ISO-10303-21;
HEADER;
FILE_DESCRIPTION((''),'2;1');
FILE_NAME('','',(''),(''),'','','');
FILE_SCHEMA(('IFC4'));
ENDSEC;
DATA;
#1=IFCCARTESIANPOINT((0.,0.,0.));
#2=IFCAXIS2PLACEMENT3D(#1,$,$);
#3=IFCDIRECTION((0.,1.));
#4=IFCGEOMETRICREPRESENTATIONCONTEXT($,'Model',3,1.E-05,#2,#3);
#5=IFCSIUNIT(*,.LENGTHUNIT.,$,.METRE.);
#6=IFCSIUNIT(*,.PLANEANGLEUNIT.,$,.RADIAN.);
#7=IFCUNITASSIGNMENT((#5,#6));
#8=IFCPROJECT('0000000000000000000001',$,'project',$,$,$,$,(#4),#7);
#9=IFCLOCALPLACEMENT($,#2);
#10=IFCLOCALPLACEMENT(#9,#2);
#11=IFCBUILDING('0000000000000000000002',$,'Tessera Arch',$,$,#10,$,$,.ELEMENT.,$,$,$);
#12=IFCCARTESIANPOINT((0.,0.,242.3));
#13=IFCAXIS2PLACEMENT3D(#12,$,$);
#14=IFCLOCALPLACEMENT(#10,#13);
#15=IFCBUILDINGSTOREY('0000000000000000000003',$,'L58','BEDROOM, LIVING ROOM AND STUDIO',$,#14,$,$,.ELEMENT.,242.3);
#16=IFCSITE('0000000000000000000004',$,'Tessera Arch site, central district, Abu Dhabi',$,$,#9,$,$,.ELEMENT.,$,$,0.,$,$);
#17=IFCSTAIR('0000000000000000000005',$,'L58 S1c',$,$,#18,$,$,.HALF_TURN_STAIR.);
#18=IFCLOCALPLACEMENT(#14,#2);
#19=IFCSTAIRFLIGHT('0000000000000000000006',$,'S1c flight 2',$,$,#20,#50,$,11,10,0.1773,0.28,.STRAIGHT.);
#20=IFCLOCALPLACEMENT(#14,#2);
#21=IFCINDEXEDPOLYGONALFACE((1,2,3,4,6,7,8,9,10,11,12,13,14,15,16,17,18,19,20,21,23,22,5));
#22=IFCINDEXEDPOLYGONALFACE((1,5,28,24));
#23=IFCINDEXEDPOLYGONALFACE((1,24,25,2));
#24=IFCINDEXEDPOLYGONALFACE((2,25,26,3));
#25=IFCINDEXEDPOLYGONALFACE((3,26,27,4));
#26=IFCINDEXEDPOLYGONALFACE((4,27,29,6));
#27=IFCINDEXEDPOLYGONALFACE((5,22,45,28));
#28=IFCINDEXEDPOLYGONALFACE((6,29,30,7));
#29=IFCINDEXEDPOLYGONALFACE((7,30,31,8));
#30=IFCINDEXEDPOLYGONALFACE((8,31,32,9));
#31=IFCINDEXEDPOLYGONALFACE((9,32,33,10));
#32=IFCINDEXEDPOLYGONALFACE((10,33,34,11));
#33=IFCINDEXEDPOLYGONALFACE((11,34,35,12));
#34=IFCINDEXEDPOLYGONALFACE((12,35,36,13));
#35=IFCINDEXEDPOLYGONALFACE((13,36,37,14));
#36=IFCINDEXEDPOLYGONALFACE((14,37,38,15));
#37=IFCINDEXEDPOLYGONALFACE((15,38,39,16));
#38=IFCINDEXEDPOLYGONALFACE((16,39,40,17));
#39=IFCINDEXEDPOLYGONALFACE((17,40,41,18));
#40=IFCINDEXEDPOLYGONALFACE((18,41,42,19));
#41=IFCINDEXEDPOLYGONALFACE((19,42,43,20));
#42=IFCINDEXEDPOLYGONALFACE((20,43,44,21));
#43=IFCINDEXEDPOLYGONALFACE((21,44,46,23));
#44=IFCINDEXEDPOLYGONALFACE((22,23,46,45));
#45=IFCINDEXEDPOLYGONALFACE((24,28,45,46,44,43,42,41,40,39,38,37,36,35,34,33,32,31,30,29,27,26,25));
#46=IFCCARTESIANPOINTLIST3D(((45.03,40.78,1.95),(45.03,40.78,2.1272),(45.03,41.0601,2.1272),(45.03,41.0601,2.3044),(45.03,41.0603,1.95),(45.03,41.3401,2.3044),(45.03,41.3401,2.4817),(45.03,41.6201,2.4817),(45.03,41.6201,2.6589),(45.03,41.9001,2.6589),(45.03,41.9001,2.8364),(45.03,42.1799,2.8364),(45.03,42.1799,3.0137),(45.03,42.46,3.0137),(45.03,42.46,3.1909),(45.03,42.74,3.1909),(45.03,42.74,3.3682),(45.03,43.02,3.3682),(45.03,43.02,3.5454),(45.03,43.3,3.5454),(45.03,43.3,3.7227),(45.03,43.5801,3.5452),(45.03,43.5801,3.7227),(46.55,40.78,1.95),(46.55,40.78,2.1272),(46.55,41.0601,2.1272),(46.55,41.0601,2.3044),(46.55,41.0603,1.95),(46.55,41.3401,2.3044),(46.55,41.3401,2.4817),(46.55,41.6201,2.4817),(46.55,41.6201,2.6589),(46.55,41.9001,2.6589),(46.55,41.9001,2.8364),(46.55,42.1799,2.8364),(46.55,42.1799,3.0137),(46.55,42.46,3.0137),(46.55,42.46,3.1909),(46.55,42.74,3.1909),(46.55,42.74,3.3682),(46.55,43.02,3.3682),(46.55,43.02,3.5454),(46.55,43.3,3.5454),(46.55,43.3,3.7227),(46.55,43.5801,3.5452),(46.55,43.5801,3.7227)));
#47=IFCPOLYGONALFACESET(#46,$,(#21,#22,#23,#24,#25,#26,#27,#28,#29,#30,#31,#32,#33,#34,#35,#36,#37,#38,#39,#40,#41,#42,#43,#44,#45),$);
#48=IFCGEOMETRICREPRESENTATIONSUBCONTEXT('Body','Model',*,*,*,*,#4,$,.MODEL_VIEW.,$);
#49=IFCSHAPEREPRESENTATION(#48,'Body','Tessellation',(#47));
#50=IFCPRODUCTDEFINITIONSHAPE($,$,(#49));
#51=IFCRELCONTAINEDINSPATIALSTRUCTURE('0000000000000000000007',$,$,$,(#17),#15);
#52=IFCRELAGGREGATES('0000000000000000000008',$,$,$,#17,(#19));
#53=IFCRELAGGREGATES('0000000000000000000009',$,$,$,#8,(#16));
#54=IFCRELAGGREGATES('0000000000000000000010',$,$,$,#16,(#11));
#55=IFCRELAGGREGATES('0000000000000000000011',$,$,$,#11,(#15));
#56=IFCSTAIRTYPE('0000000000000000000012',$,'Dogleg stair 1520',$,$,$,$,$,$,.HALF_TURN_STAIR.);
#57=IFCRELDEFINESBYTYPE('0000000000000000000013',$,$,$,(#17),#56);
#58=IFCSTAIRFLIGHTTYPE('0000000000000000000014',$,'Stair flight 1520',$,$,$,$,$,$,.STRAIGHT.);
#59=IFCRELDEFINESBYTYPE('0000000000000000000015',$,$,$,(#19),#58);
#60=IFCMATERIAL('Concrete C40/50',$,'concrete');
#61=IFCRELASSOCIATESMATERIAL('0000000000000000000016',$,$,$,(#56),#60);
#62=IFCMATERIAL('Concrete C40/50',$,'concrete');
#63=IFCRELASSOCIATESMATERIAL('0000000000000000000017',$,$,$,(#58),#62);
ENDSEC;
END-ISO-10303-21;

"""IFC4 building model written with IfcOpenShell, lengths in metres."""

from ifc_helpers import new_model, si_unit, direction, frame, origin, place, context, subcontext, project, spatial, polyline, outline, extrude, material, type_object, element, aggregate, save


model = new_model("IFC4")

# Units and contexts
model_context = context("Model", 3, precision=1e-05, world=origin(), true_north=direction((0.0, 1.0)))
body_context = subcontext(model_context, "Body", "Model", "MODEL_VIEW")
ifc_project = project(units=[si_unit("LENGTHUNIT", "METRE"), si_unit("PLANEANGLEUNIT", "RADIAN")], contexts=[model_context])

# Site, building, storey
site_placement = place(None, origin())
site = spatial("IfcSite", under=ifc_project, at=site_placement, Name="Tessera Arch site, central district, Abu Dhabi", CompositionType="ELEMENT", RefElevation=0.0)
building_placement = place(site_placement, origin())
building = spatial("IfcBuilding", under=site, at=building_placement, Name="Tessera Arch", CompositionType="ELEMENT")
storey_placement = place(building_placement, frame((0.0, 0.0, 242.3)))
storey = spatial("IfcBuildingStorey", under=building, at=storey_placement, Name="L58", Description="BEDROOM, LIVING ROOM AND STUDIO", CompositionType="ELEMENT", Elevation=242.3)

# Shared definitions
ifc_material_1 = material(Name="Concrete C40/50", Category="concrete")
stair_type = type_object("IfcStairType", Name="Dogleg stair 1520", PredefinedType="HALF_TURN_STAIR", material=ifc_material_1)
ifc_material_2 = material(Name="Concrete C40/50", Category="concrete")
stair_flight_type = type_object("IfcStairFlightType", Name="Stair flight 1520", PredefinedType="STRAIGHT", material=ifc_material_2)

# Stair, stair flight
stair_1_placement = place(storey_placement, origin())
stair_1 = element("IfcStair", 1, at=stair_1_placement, inside=storey, type_object=stair_type, Name="L58 S1c", PredefinedType="HALF_TURN_STAIR")
stair_flight_1_placement = place(storey_placement, frame((45.79, 40.78, 1.95), z_axis=(0.0, 0.0, 1.0), x_axis=(0.0, 1.0, 0.0)))
stair_flight_1 = element("IfcStairFlight", 2, at=stair_flight_1_placement, type_object=stair_flight_type, Name="S1c flight 2", NumberOfRisers=11, NumberOfTreads=10, PredefinedType="STRAIGHT", RiserHeight=0.1773, TreadLength=0.28, context=body_context, shape_type="SweptSolid", body=[
    extrude(outline(polyline([(0.0, 0.0), (0.0, 0.1772), (0.28, 0.1772), (0.28, 0.3545), (0.5601, 0.3545), (0.5601, 0.5317), (0.8401, 0.5317), (0.8401, 0.709), (1.1201, 0.709), (1.1201, 0.8865), (1.3999, 0.8865), (1.3999, 1.0637), (1.6799, 1.0637), (1.6799, 1.241), (1.96, 1.241), (1.96, 1.4182), (2.24, 1.4182), (2.24, 1.5955), (2.52, 1.5955), (2.52, 1.7727), (2.8, 1.7727), (2.8, 1.95), (2.8, 1.5952), (0.2803, 0.0), (0.0, 0.0)])), frame((0.0, 0.76, 0.0), z_axis=(0.0, -1.0, 0.0), x_axis=(1.0, 0.0, 0.0)), (0.0, 0.0, 1.0), 1.52),
])
aggregate(stair_1, [stair_flight_1])

save(model, "model.ifc")
